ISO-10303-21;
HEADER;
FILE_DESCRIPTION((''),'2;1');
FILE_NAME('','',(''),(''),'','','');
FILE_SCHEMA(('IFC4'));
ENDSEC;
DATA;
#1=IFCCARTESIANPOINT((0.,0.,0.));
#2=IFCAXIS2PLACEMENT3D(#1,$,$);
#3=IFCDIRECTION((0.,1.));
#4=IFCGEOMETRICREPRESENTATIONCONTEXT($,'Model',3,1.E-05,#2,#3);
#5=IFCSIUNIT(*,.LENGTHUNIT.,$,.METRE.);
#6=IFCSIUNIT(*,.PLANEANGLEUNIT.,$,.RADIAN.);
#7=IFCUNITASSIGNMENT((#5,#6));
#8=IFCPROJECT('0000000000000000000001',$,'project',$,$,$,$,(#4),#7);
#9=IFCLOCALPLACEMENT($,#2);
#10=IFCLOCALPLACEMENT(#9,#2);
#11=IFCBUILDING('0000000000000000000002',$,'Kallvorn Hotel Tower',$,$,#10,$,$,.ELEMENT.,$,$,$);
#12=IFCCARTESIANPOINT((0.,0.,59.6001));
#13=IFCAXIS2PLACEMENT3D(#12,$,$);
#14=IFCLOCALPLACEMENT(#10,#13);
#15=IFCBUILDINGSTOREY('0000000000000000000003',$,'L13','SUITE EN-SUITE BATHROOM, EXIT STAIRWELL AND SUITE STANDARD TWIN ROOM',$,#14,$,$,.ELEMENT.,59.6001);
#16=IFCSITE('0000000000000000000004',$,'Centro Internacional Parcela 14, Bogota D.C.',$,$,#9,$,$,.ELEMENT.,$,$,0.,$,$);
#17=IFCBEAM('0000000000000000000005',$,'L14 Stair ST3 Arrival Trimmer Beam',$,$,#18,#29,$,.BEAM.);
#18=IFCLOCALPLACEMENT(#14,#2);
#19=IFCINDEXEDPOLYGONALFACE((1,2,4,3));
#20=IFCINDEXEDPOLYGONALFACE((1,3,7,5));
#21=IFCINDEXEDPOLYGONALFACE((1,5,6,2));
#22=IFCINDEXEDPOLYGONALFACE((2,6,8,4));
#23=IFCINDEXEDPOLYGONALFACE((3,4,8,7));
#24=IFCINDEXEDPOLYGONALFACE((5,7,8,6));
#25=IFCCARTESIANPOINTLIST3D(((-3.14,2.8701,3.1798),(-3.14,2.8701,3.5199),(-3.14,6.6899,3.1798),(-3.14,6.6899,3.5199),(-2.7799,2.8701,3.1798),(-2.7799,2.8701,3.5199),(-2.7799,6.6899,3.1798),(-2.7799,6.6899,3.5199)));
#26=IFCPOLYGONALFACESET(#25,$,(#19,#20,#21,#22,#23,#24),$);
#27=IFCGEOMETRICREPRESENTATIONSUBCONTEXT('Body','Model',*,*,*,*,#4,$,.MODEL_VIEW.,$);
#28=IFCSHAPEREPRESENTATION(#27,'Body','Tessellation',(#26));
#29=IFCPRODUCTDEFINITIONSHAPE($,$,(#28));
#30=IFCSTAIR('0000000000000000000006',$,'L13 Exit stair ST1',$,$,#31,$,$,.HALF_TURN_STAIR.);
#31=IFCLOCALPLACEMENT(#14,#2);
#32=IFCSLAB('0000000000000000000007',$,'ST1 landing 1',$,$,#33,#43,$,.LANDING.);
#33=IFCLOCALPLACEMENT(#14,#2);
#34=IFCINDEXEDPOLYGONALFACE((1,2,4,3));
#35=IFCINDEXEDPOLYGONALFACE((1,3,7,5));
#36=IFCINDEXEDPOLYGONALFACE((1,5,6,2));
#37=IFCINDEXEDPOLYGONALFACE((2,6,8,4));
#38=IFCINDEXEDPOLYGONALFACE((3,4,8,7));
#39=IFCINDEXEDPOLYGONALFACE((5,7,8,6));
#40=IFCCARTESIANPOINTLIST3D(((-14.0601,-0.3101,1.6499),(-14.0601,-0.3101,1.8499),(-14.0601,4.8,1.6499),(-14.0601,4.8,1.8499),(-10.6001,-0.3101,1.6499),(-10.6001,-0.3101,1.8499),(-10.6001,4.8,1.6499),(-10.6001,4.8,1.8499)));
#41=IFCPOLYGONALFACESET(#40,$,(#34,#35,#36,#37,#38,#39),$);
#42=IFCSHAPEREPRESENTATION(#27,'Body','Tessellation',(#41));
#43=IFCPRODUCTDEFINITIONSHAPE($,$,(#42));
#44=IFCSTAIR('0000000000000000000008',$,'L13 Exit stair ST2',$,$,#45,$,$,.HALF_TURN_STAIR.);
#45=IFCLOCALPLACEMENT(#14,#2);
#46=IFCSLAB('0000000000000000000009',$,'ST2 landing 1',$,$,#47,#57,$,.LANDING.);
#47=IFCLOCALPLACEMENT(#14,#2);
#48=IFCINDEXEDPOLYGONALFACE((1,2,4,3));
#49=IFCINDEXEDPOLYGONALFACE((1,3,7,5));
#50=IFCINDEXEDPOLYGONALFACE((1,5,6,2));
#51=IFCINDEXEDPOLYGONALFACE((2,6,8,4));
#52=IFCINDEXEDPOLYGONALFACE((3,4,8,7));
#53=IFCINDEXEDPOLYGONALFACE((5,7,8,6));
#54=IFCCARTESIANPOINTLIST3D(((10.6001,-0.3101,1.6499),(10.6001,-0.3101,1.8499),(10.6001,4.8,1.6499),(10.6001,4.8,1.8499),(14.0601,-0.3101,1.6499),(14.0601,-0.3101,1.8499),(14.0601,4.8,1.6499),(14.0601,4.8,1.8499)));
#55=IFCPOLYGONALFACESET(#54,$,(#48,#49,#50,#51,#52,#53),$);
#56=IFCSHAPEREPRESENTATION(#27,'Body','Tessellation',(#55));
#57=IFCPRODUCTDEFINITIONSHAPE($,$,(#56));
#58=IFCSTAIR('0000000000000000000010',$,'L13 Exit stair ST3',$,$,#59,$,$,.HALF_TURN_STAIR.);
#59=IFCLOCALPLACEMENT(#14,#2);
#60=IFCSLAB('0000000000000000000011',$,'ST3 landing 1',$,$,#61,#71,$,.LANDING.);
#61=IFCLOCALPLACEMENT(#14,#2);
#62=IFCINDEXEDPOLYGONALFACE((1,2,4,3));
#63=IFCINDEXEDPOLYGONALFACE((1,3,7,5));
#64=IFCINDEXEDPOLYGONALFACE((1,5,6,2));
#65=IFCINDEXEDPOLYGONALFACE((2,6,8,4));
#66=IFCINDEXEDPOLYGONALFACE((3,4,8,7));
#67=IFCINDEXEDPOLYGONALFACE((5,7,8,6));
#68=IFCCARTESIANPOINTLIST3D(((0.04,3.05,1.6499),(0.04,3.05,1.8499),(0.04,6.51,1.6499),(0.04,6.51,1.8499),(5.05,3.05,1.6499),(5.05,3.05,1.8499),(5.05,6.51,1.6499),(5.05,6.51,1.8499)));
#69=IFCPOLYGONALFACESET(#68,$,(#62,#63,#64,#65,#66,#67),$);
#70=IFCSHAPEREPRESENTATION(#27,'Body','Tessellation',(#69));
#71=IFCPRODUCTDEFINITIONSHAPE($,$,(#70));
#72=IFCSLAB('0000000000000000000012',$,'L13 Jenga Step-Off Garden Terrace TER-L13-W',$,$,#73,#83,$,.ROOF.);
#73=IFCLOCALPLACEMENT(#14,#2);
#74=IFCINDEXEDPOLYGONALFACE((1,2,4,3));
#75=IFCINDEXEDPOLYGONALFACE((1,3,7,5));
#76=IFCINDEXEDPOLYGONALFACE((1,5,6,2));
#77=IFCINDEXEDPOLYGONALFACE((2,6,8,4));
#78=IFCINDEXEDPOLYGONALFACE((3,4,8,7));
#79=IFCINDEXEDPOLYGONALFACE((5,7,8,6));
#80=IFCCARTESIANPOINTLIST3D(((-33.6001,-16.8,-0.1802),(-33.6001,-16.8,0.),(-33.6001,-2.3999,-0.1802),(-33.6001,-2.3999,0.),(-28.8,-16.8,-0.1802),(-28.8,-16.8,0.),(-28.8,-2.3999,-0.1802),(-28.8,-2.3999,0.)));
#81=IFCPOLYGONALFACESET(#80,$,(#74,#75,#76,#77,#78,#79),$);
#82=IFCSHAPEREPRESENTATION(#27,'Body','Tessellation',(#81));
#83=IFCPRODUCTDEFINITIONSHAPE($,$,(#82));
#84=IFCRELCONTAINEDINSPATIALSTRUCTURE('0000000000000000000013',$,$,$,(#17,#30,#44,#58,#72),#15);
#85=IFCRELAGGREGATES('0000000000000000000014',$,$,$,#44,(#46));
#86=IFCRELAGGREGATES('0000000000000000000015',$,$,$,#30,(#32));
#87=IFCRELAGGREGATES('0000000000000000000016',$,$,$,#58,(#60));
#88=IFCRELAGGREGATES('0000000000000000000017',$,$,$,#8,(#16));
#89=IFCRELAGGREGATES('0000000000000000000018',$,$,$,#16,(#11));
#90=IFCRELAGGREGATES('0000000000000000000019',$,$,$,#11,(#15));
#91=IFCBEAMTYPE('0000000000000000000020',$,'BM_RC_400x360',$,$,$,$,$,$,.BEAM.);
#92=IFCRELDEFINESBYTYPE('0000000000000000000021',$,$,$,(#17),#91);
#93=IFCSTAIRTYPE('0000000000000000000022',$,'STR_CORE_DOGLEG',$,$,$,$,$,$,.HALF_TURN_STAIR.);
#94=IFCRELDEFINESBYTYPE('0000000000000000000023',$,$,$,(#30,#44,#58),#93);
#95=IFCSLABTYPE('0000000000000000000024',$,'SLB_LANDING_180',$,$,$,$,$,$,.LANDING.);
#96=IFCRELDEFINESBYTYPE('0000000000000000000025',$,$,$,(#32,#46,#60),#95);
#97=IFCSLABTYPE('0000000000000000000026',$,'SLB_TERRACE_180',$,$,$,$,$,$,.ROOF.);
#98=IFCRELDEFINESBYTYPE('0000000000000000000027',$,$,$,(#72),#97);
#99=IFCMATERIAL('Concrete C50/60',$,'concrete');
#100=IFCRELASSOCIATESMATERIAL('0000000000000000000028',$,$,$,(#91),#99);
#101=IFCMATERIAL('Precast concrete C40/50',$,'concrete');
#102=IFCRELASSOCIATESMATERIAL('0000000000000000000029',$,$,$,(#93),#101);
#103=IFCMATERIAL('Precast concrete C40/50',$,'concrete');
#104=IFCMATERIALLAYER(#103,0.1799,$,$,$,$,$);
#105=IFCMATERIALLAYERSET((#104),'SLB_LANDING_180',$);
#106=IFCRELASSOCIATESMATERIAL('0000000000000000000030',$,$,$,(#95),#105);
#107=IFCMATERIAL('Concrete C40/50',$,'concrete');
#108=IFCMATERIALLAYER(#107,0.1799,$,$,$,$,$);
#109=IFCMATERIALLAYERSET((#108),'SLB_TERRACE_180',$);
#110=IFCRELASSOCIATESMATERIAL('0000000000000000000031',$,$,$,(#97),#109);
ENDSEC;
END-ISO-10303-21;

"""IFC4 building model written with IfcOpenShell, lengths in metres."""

from ifc_helpers import new_model, si_unit, direction, frame, origin, origin_2d, place, context, subcontext, project, spatial, polyline, rectangle, outline, extrude, material, layer, layer_set, material_profile, profile_set, type_object, element, aggregate, save


model = new_model("IFC4")

# Units and contexts
model_context = context("Model", 3, precision=1e-05, world=origin(), true_north=direction((0.0, 1.0)))
body_context = subcontext(model_context, "Body", "Model", "MODEL_VIEW")
ifc_project = project(units=[si_unit("LENGTHUNIT", "METRE"), si_unit("PLANEANGLEUNIT", "RADIAN")], contexts=[model_context])

# Site, building, storey
site_placement = place(None, origin())
site = spatial("IfcSite", under=ifc_project, at=site_placement, Name="Centro Internacional Parcela 14, Bogota D.C.", CompositionType="ELEMENT", RefElevation=0.0)
building_placement = place(site_placement, origin())
building = spatial("IfcBuilding", under=site, at=building_placement, Name="Kallvorn Hotel Tower", CompositionType="ELEMENT")
storey_placement = place(building_placement, frame((0.0, 0.0, 59.6001)))
storey = spatial("IfcBuildingStorey", under=building, at=storey_placement, Name="L13", Description="SUITE EN-SUITE BATHROOM, EXIT STAIRWELL AND SUITE STANDARD TWIN ROOM", CompositionType="ELEMENT", Elevation=59.6001)

# Beam
ifc_material_1 = material(Name="Concrete C50/60", Category="concrete")
ifc_material_profile = material_profile(ifc_material_1, rectangle(XDim=0.3601, YDim=0.3401, at=origin_2d()), Name="RC 360x340")
ifc_profile_set = profile_set([ifc_material_profile], Name="Concrete C50/60")
beam_type = type_object("IfcBeamType", Name="BM_RC_400x360", PredefinedType="BEAM", material=ifc_profile_set)
beam_placement = place(storey_placement, frame((-2.96, 2.8701, 3.3499), z_axis=(0.0, 1.0, 0.0), x_axis=(-1.0, 0.0, 0.0)))
element("IfcBeam", 1, at=beam_placement, inside=storey, type_object=beam_type, Name="L14 Stair ST3 Arrival Trimmer Beam", PredefinedType="BEAM", context=body_context, shape_type="SweptSolid", body=[
    extrude(rectangle(XDim=0.3601, YDim=0.3401, at=origin_2d()), origin(), (0.0, 0.0, 1.0), 3.8198),
])

# Stairs, slabs
ifc_material_2 = material(Name="Precast concrete C40/50", Category="concrete")
stair_type = type_object("IfcStairType", Name="STR_CORE_DOGLEG", PredefinedType="HALF_TURN_STAIR", material=ifc_material_2)
stair_1_placement = place(storey_placement, origin())
stair_1 = element("IfcStair", 2, at=stair_1_placement, inside=storey, type_object=stair_type, Name="L13 Exit stair ST1", PredefinedType="HALF_TURN_STAIR")
ifc_material_3 = material(Name="Precast concrete C40/50", Category="concrete")
ifc_layer_1 = layer(ifc_material_3, 0.1799)
ifc_layer_set_1 = layer_set([ifc_layer_1], Name="SLB_LANDING_180")
slab_type_1 = type_object("IfcSlabType", Name="SLB_LANDING_180", PredefinedType="LANDING", material=ifc_layer_set_1)
slab_1_placement = place(storey_placement, frame((0.0, 0.0, 1.6499)))
slab_1 = element("IfcSlab", 3, at=slab_1_placement, type_object=slab_type_1, Name="ST1 landing 1", PredefinedType="LANDING", context=body_context, shape_type="SweptSolid", body=[
    extrude(outline(polyline([(-10.6001, -0.3101), (-10.6001, 4.8), (-14.0601, 4.8), (-14.0601, -0.3101), (-10.6001, -0.3101)])), origin(), (0.0, 0.0, 1.0), 0.2),
])
stair_2_placement = place(storey_placement, origin())
stair_2 = element("IfcStair", 4, at=stair_2_placement, inside=storey, type_object=stair_type, Name="L13 Exit stair ST2", PredefinedType="HALF_TURN_STAIR")
slab_2_placement = place(storey_placement, frame((0.0, 0.0, 1.6499)))
slab_2 = element("IfcSlab", 5, at=slab_2_placement, type_object=slab_type_1, Name="ST2 landing 1", PredefinedType="LANDING", context=body_context, shape_type="SweptSolid", body=[
    extrude(outline(polyline([(14.0601, -0.3101), (14.0601, 4.8), (10.6001, 4.8), (10.6001, -0.3101), (14.0601, -0.3101)])), origin(), (0.0, 0.0, 1.0), 0.2),
])
aggregate(stair_2, [slab_2])
stair_3_placement = place(storey_placement, origin())
stair_3 = element("IfcStair", 6, at=stair_3_placement, inside=storey, type_object=stair_type, Name="L13 Exit stair ST3", PredefinedType="HALF_TURN_STAIR")
slab_3_placement = place(storey_placement, frame((0.0, 0.0, 1.6499)))
slab_3 = element("IfcSlab", 7, at=slab_3_placement, type_object=slab_type_1, Name="ST3 landing 1", PredefinedType="LANDING", context=body_context, shape_type="SweptSolid", body=[
    extrude(outline(polyline([(0.04, 3.05), (5.05, 3.05), (5.05, 6.51), (0.04, 6.51), (0.04, 3.05)])), origin(), (0.0, 0.0, 1.0), 0.2),
])

# Slab
ifc_material_4 = material(Name="Concrete C40/50", Category="concrete")
ifc_layer_2 = layer(ifc_material_4, 0.1799)
ifc_layer_set_2 = layer_set([ifc_layer_2], Name="SLB_TERRACE_180")
slab_type_2 = type_object("IfcSlabType", Name="SLB_TERRACE_180", PredefinedType="ROOF", material=ifc_layer_set_2)
slab_4_placement = place(storey_placement, frame((0.0, 0.0, -0.1802)))
element("IfcSlab", 8, at=slab_4_placement, inside=storey, type_object=slab_type_2, Name="L13 Jenga Step-Off Garden Terrace TER-L13-W", PredefinedType="ROOF", context=body_context, shape_type="SweptSolid", body=[
    extrude(outline(polyline([(-33.6001, -16.8), (-28.8, -16.8), (-28.8, -2.3999), (-33.6001, -2.3999), (-33.6001, -16.8)])), origin(), (0.0, 0.0, 1.0), 0.1802),
])

aggregate(stair_1, [slab_1])
aggregate(stair_3, [slab_3])

save(model, "model.ifc")
